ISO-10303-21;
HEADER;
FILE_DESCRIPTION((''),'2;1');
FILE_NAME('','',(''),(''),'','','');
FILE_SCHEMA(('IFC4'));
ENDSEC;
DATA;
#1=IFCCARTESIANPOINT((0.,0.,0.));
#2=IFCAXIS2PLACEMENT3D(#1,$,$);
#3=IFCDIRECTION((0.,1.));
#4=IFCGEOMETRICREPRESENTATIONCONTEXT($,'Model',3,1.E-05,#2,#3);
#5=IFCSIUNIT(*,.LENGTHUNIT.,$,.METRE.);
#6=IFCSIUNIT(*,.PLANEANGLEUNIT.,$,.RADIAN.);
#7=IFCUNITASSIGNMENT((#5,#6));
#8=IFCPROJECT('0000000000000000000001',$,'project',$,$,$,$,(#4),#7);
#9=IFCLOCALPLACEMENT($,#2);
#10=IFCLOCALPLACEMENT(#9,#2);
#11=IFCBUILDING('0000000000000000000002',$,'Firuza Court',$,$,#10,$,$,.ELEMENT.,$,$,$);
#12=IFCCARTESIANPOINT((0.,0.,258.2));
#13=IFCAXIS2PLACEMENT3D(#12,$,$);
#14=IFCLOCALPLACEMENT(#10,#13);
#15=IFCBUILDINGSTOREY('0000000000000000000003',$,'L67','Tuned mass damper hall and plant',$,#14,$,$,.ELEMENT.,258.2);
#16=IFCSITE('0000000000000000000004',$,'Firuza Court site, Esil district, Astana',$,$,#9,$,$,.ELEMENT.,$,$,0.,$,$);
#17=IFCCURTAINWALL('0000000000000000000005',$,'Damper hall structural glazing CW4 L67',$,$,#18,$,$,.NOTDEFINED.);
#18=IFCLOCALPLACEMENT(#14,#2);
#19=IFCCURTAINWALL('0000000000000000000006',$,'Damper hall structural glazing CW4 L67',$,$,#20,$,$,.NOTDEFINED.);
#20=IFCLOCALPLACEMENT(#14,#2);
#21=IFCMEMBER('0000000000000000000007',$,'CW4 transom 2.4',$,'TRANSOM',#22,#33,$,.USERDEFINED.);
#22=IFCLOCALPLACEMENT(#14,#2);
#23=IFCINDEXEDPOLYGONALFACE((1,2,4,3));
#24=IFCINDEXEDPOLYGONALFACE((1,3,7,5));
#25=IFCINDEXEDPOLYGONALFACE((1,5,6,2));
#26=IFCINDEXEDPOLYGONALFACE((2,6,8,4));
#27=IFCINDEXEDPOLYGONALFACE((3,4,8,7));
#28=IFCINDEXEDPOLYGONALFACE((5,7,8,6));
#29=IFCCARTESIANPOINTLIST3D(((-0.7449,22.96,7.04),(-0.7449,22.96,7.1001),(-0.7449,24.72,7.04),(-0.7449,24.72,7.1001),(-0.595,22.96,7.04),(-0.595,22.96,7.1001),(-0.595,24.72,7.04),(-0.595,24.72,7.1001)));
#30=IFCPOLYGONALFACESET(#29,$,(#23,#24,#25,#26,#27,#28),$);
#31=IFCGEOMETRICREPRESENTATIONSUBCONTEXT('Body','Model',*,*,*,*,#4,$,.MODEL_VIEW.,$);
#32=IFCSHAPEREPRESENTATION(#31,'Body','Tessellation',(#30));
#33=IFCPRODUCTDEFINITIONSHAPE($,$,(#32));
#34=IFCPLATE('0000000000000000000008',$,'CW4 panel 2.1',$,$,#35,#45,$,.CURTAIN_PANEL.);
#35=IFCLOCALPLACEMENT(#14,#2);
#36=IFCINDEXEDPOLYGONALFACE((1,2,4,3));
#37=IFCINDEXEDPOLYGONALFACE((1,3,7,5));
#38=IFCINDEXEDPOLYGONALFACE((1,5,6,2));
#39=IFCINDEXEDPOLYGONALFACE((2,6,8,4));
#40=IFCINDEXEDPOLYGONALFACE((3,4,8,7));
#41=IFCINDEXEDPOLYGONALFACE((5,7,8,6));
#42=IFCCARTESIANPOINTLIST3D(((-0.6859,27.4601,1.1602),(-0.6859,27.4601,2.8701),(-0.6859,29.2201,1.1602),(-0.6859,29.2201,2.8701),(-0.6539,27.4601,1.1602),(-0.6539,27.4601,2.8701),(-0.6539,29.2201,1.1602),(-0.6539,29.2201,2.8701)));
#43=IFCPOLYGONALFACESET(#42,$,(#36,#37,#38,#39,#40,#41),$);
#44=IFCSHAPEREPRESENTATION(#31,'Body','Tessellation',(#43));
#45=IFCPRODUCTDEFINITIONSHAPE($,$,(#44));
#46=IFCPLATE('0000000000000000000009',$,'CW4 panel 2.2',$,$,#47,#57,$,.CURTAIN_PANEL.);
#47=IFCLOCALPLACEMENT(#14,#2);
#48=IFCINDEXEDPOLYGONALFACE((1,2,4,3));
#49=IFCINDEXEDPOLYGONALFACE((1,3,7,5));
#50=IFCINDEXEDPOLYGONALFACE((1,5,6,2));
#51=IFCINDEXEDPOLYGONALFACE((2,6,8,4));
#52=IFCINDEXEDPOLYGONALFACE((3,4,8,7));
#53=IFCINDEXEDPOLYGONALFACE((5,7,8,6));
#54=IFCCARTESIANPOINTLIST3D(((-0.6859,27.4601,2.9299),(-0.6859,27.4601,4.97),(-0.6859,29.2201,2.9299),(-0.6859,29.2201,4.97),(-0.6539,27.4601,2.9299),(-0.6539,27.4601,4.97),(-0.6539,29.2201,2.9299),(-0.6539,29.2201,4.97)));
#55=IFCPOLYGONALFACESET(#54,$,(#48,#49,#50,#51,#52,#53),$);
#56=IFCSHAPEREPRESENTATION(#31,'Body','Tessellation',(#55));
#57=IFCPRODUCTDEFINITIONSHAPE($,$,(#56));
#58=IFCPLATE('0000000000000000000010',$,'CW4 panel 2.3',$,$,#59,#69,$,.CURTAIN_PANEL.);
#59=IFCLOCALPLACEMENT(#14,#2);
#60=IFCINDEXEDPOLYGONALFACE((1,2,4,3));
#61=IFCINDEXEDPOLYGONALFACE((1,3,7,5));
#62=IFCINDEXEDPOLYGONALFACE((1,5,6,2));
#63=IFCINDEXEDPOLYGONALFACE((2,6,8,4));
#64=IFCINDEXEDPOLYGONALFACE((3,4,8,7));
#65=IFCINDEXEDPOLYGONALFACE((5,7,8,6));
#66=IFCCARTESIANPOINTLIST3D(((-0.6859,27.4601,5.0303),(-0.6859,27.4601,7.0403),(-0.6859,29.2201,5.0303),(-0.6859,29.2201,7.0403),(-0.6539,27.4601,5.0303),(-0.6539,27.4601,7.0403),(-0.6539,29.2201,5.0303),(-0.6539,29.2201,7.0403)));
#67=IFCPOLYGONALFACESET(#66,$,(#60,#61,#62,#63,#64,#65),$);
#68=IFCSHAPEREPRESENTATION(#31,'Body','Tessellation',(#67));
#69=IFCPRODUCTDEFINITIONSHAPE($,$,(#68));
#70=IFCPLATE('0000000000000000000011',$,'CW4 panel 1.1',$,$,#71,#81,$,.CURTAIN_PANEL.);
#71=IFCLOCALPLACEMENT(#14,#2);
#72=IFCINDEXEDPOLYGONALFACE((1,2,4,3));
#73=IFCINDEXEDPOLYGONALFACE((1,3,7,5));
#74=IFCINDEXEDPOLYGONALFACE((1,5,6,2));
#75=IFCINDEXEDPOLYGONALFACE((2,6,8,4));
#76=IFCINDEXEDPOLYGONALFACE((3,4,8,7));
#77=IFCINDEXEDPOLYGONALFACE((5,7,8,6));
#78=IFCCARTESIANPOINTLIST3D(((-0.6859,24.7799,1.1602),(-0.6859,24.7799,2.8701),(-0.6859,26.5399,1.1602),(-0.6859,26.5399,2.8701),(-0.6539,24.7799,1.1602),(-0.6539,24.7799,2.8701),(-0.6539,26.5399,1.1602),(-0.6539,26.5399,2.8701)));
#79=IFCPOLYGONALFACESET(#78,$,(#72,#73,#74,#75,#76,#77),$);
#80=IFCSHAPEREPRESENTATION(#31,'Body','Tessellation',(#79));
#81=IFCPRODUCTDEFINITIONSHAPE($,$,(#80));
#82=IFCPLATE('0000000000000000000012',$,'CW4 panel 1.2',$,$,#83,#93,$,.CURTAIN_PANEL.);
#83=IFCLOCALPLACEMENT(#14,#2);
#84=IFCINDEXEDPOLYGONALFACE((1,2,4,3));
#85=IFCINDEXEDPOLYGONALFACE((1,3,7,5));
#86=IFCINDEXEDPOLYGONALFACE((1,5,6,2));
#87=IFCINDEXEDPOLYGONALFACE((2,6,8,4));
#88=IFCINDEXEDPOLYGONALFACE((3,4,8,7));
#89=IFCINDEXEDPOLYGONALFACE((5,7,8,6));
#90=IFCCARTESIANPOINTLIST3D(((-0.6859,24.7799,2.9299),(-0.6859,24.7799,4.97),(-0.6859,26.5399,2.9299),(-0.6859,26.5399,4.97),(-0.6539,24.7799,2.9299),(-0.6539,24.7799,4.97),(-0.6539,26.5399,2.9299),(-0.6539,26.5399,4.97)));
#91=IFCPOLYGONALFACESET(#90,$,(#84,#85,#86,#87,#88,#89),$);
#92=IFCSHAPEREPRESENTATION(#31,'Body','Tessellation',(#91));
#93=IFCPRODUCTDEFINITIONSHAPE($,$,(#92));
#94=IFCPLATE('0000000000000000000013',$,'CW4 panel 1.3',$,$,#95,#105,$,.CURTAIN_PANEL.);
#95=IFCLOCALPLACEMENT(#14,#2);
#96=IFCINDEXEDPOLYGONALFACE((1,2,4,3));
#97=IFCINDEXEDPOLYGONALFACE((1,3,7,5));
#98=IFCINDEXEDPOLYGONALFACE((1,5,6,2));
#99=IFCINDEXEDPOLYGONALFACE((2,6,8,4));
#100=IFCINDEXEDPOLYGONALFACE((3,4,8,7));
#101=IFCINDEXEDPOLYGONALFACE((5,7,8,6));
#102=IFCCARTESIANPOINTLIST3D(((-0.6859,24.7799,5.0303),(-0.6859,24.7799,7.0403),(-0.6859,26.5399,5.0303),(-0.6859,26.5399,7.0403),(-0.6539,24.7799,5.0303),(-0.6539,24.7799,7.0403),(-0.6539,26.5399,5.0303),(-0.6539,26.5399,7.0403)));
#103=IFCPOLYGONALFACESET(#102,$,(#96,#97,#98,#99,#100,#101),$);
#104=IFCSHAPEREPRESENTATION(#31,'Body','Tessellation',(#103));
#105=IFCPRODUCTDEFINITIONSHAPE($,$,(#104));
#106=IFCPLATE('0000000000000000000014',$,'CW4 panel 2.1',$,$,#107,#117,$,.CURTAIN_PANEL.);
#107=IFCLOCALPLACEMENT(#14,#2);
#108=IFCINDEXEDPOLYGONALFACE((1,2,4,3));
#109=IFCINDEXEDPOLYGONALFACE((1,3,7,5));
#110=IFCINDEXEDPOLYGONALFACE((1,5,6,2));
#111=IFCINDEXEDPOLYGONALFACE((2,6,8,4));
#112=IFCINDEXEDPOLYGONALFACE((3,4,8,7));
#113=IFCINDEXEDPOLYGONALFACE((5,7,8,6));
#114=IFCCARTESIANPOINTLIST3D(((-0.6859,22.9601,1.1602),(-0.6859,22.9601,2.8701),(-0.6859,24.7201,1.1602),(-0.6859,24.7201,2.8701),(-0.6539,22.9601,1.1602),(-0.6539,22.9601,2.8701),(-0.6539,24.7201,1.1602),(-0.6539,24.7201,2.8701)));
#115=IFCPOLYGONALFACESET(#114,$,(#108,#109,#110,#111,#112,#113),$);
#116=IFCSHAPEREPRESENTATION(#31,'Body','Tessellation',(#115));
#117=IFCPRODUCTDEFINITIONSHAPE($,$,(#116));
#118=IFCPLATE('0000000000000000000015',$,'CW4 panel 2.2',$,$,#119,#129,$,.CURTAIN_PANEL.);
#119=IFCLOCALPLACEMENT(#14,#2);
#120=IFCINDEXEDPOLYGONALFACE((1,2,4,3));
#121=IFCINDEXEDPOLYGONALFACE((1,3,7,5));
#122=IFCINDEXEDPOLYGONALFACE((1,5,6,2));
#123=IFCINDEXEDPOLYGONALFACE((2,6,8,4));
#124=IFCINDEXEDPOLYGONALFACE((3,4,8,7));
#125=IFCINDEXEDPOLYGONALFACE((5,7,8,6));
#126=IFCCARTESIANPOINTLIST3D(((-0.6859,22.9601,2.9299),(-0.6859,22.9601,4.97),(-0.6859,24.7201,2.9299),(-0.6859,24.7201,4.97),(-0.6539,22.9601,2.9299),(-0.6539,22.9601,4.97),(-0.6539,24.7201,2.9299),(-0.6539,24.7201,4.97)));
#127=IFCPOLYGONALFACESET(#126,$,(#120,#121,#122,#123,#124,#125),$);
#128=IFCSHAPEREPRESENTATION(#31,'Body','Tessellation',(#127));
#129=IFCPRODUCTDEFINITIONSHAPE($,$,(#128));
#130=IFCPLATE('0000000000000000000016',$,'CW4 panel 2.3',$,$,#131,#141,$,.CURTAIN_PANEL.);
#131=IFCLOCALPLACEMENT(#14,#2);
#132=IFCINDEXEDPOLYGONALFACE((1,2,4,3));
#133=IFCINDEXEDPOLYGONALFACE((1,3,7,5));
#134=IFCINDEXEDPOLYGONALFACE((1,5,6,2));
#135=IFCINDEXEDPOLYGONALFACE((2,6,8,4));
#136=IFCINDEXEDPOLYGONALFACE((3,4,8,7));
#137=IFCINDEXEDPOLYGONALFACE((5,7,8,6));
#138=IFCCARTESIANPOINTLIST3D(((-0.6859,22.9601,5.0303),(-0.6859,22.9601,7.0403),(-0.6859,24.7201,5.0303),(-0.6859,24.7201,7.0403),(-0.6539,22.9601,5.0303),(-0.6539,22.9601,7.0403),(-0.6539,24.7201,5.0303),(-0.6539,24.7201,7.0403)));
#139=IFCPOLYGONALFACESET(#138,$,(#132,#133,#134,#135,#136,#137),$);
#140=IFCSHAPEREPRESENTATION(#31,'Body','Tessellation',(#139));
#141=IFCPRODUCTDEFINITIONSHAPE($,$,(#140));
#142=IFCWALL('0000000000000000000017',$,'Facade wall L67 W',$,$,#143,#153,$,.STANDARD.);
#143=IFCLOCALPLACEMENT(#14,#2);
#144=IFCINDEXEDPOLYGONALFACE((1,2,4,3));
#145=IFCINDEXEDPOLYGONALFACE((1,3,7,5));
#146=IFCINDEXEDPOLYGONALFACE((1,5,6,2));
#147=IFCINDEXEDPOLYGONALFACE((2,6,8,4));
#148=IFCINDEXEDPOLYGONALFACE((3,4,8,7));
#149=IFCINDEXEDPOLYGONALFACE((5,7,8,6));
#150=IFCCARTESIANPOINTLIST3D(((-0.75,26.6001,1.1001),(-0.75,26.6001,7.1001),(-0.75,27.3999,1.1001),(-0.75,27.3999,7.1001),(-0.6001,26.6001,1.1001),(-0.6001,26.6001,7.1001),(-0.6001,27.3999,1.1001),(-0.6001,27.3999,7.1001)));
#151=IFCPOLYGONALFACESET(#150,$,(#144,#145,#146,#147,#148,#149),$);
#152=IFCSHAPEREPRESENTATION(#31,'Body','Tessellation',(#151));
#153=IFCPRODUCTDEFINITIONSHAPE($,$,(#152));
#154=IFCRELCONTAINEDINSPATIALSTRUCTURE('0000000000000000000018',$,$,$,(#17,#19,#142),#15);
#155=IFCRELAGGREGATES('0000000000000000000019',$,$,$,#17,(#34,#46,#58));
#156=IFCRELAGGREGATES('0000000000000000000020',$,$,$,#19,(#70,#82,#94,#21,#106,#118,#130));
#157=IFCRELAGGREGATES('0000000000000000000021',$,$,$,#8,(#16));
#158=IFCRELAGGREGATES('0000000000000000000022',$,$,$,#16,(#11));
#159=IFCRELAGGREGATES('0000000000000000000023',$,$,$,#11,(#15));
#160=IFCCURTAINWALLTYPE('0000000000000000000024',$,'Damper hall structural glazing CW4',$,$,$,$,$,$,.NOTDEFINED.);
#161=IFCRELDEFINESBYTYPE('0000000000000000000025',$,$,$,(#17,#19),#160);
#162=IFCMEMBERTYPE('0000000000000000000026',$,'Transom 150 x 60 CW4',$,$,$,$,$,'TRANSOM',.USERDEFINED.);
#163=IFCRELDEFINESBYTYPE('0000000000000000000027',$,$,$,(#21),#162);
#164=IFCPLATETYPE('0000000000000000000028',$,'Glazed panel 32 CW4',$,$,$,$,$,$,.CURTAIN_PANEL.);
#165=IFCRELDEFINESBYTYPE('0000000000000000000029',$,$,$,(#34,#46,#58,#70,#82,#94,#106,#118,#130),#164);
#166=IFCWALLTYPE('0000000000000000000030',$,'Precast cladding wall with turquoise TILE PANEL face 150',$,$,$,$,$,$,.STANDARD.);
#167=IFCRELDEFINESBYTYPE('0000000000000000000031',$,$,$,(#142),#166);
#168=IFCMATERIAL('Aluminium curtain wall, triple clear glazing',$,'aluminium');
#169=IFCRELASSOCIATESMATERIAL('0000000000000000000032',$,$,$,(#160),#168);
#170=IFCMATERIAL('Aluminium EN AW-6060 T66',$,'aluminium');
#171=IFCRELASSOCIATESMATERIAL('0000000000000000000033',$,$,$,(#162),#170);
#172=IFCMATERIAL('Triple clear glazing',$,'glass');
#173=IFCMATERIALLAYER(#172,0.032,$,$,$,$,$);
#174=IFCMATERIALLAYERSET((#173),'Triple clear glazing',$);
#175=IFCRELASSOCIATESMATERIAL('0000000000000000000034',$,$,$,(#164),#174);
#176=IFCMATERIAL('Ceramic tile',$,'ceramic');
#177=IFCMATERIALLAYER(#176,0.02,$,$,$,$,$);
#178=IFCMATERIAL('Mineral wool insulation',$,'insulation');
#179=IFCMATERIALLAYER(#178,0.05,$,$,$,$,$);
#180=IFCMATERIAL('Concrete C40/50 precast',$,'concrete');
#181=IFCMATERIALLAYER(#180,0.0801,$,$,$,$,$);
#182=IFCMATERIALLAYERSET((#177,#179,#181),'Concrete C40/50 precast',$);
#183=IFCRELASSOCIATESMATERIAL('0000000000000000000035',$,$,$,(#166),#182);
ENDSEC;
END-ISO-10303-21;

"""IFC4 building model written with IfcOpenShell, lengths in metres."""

from ifc_helpers import new_model, si_unit, direction, frame, frame_2d, origin, origin_2d, place, context, subcontext, project, spatial, rectangle, extrude, material, layer, layer_set, material_profile, profile_set, type_object, element, aggregate, save


model = new_model("IFC4")

# Units and contexts
model_context = context("Model", 3, precision=1e-05, world=origin(), true_north=direction((0.0, 1.0)))
body_context = subcontext(model_context, "Body", "Model", "MODEL_VIEW")
ifc_project = project(units=[si_unit("LENGTHUNIT", "METRE"), si_unit("PLANEANGLEUNIT", "RADIAN")], contexts=[model_context])

# Site, building, storey
site_placement = place(None, origin())
site = spatial("IfcSite", under=ifc_project, at=site_placement, Name="Firuza Court site, Esil district, Astana", CompositionType="ELEMENT", RefElevation=0.0)
building_placement = place(site_placement, origin())
building = spatial("IfcBuilding", under=site, at=building_placement, Name="Firuza Court", CompositionType="ELEMENT")
storey_placement = place(building_placement, frame((0.0, 0.0, 258.2)))
storey = spatial("IfcBuildingStorey", under=building, at=storey_placement, Name="L67", Description="Tuned mass damper hall and plant", CompositionType="ELEMENT", Elevation=258.2)

# Curtain walls
ifc_material_1 = material(Name="Aluminium curtain wall, triple clear glazing", Category="aluminium")
curtain_wall_type = type_object("IfcCurtainWallType", Name="Damper hall structural glazing CW4", PredefinedType="NOTDEFINED", material=ifc_material_1)
curtain_wall_1_placement = place(storey_placement, origin())
curtain_wall_1 = element("IfcCurtainWall", 1, at=curtain_wall_1_placement, inside=storey, type_object=curtain_wall_type, Name="Damper hall structural glazing CW4 L67", PredefinedType="NOTDEFINED")
curtain_wall_2_placement = place(storey_placement, origin())
curtain_wall_2 = element("IfcCurtainWall", 2, at=curtain_wall_2_placement, inside=storey, type_object=curtain_wall_type, Name="Damper hall structural glazing CW4 L67", PredefinedType="NOTDEFINED")

# Member
ifc_material_2 = material(Name="Aluminium EN AW-6060 T66", Category="aluminium")
ifc_material_profile_1 = material_profile(ifc_material_2, rectangle(XDim=0.1499, YDim=0.0601, at=origin_2d()), Name="Transom 150 x 60 CW4")
ifc_profile_set_1 = profile_set([ifc_material_profile_1], Name="Aluminium EN AW-6060 T66")
member_type_1 = type_object("IfcMemberType", Name="Transom 150 x 60 CW4", ElementType="TRANSOM", PredefinedType="USERDEFINED", material=ifc_profile_set_1)
member_1_placement = place(storey_placement, frame((-0.6699, 24.72, 7.0701), z_axis=(0.0, -1.0, 0.0), x_axis=(1.0, 0.0, 0.0)))
member_1 = element("IfcMember", 3, at=member_1_placement, type_object=member_type_1, Name="CW4 transom 2.4", ObjectType="TRANSOM", PredefinedType="USERDEFINED", context=body_context, shape_type="SweptSolid", body=[
    extrude(rectangle(XDim=0.1499, YDim=0.0601, at=origin_2d()), origin(), (0.0, 0.0, 1.0), 1.76),
])

# Plates
ifc_material_3 = material(Name="Triple clear glazing", Category="glass")
ifc_layer_1 = layer(ifc_material_3, 0.032)
ifc_layer_set_1 = layer_set([ifc_layer_1], Name="Triple clear glazing")
plate_type = type_object("IfcPlateType", Name="Glazed panel 32 CW4", PredefinedType="CURTAIN_PANEL", material=ifc_layer_set_1)
plate_1_placement = place(storey_placement, frame((-0.6699, 28.3401, 1.1602), z_axis=(0.0, 0.0, 1.0), x_axis=(0.0, -1.0, 0.0)))
plate_1 = element("IfcPlate", 4, at=plate_1_placement, type_object=plate_type, Name="CW4 panel 2.1", PredefinedType="CURTAIN_PANEL", context=body_context, shape_type="SweptSolid", body=[
    extrude(rectangle(XDim=1.76, YDim=0.032, at=origin_2d()), origin(), (0.0, 0.0, 1.0), 1.71),
])
plate_2_placement = place(storey_placement, frame((-0.6699, 28.3401, 2.9299), z_axis=(0.0, 0.0, 1.0), x_axis=(0.0, -1.0, 0.0)))
plate_2 = element("IfcPlate", 5, at=plate_2_placement, type_object=plate_type, Name="CW4 panel 2.2", PredefinedType="CURTAIN_PANEL", context=body_context, shape_type="SweptSolid", body=[
    extrude(rectangle(XDim=1.76, YDim=0.032, at=origin_2d()), origin(), (0.0, 0.0, 1.0), 2.04),
])
plate_3_placement = place(storey_placement, frame((-0.6699, 28.3401, 5.0303), z_axis=(0.0, 0.0, 1.0), x_axis=(0.0, -1.0, 0.0)))
plate_3 = element("IfcPlate", 6, at=plate_3_placement, type_object=plate_type, Name="CW4 panel 2.3", PredefinedType="CURTAIN_PANEL", context=body_context, shape_type="SweptSolid", body=[
    extrude(rectangle(XDim=1.76, YDim=0.032, at=origin_2d()), origin(), (0.0, 0.0, 1.0), 2.01),
])
aggregate(curtain_wall_1, [plate_1, plate_2, plate_3])
plate_4_placement = place(storey_placement, frame((-0.6699, 25.6599, 1.1602), z_axis=(0.0, 0.0, 1.0), x_axis=(0.0, -1.0, 0.0)))
plate_4 = element("IfcPlate", 7, at=plate_4_placement, type_object=plate_type, Name="CW4 panel 1.1", PredefinedType="CURTAIN_PANEL", context=body_context, shape_type="SweptSolid", body=[
    extrude(rectangle(XDim=1.76, YDim=0.032, at=origin_2d()), origin(), (0.0, 0.0, 1.0), 1.71),
])
plate_5_placement = place(storey_placement, frame((-0.6699, 25.6599, 2.9299), z_axis=(0.0, 0.0, 1.0), x_axis=(0.0, -1.0, 0.0)))
plate_5 = element("IfcPlate", 8, at=plate_5_placement, type_object=plate_type, Name="CW4 panel 1.2", PredefinedType="CURTAIN_PANEL", context=body_context, shape_type="SweptSolid", body=[
    extrude(rectangle(XDim=1.76, YDim=0.032, at=origin_2d()), origin(), (0.0, 0.0, 1.0), 2.04),
])
plate_6_placement = place(storey_placement, frame((-0.6699, 25.6599, 5.0303), z_axis=(0.0, 0.0, 1.0), x_axis=(0.0, -1.0, 0.0)))
plate_6 = element("IfcPlate", 9, at=plate_6_placement, type_object=plate_type, Name="CW4 panel 1.3", PredefinedType="CURTAIN_PANEL", context=body_context, shape_type="SweptSolid", body=[
    extrude(rectangle(XDim=1.76, YDim=0.032, at=origin_2d()), origin(), (0.0, 0.0, 1.0), 2.01),
])
plate_7_placement = place(storey_placement, frame((-0.6699, 23.8401, 1.1602), z_axis=(0.0, 0.0, 1.0), x_axis=(0.0, -1.0, 0.0)))
plate_7 = element("IfcPlate", 10, at=plate_7_placement, type_object=plate_type, Name="CW4 panel 2.1", PredefinedType="CURTAIN_PANEL", context=body_context, shape_type="SweptSolid", body=[
    extrude(rectangle(XDim=1.76, YDim=0.032, at=origin_2d()), origin(), (0.0, 0.0, 1.0), 1.71),
])
plate_8_placement = place(storey_placement, frame((-0.6699, 23.8401, 2.9299), z_axis=(0.0, 0.0, 1.0), x_axis=(0.0, -1.0, 0.0)))
plate_8 = element("IfcPlate", 11, at=plate_8_placement, type_object=plate_type, Name="CW4 panel 2.2", PredefinedType="CURTAIN_PANEL", context=body_context, shape_type="SweptSolid", body=[
    extrude(rectangle(XDim=1.76, YDim=0.032, at=origin_2d()), origin(), (0.0, 0.0, 1.0), 2.04),
])
plate_9_placement = place(storey_placement, frame((-0.6699, 23.8401, 5.0303), z_axis=(0.0, 0.0, 1.0), x_axis=(0.0, -1.0, 0.0)))
plate_9 = element("IfcPlate", 12, at=plate_9_placement, type_object=plate_type, Name="CW4 panel 2.3", PredefinedType="CURTAIN_PANEL", context=body_context, shape_type="SweptSolid", body=[
    extrude(rectangle(XDim=1.76, YDim=0.032, at=origin_2d()), origin(), (0.0, 0.0, 1.0), 2.01),
])
aggregate(curtain_wall_2, [plate_4, plate_5, plate_6, member_1, plate_7, plate_8, plate_9])

# Wall
ifc_material_4 = material(Name="Ceramic tile", Category="ceramic")
ifc_layer_2 = layer(ifc_material_4, 0.02)
ifc_material_5 = material(Name="Mineral wool insulation", Category="insulation")
ifc_layer_3 = layer(ifc_material_5, 0.05)
ifc_material_6 = material(Name="Concrete C40/50 precast", Category="concrete")
ifc_layer_4 = layer(ifc_material_6, 0.0801)
ifc_layer_set_2 = layer_set([ifc_layer_2, ifc_layer_3, ifc_layer_4], Name="Concrete C40/50 precast")
wall_type = type_object("IfcWallType", Name="Precast cladding wall with turquoise TILE PANEL face 150", PredefinedType="STANDARD", material=ifc_layer_set_2)
wall_placement = place(storey_placement, frame((-0.675, 27.3999, 1.1001), z_axis=(0.0, 0.0, 1.0), x_axis=(0.0, -1.0, 0.0)))
element("IfcWall", 13, at=wall_placement, inside=storey, type_object=wall_type, Name="Facade wall L67 W", PredefinedType="STANDARD", context=body_context, shape_type="SweptSolid", body=[
    extrude(rectangle(XDim=0.7998, YDim=0.1499, at=frame_2d((0.3999, 0.0))), origin(), (0.0, 0.0, 1.0), 6.0),
])

save(model, "model.ifc")
